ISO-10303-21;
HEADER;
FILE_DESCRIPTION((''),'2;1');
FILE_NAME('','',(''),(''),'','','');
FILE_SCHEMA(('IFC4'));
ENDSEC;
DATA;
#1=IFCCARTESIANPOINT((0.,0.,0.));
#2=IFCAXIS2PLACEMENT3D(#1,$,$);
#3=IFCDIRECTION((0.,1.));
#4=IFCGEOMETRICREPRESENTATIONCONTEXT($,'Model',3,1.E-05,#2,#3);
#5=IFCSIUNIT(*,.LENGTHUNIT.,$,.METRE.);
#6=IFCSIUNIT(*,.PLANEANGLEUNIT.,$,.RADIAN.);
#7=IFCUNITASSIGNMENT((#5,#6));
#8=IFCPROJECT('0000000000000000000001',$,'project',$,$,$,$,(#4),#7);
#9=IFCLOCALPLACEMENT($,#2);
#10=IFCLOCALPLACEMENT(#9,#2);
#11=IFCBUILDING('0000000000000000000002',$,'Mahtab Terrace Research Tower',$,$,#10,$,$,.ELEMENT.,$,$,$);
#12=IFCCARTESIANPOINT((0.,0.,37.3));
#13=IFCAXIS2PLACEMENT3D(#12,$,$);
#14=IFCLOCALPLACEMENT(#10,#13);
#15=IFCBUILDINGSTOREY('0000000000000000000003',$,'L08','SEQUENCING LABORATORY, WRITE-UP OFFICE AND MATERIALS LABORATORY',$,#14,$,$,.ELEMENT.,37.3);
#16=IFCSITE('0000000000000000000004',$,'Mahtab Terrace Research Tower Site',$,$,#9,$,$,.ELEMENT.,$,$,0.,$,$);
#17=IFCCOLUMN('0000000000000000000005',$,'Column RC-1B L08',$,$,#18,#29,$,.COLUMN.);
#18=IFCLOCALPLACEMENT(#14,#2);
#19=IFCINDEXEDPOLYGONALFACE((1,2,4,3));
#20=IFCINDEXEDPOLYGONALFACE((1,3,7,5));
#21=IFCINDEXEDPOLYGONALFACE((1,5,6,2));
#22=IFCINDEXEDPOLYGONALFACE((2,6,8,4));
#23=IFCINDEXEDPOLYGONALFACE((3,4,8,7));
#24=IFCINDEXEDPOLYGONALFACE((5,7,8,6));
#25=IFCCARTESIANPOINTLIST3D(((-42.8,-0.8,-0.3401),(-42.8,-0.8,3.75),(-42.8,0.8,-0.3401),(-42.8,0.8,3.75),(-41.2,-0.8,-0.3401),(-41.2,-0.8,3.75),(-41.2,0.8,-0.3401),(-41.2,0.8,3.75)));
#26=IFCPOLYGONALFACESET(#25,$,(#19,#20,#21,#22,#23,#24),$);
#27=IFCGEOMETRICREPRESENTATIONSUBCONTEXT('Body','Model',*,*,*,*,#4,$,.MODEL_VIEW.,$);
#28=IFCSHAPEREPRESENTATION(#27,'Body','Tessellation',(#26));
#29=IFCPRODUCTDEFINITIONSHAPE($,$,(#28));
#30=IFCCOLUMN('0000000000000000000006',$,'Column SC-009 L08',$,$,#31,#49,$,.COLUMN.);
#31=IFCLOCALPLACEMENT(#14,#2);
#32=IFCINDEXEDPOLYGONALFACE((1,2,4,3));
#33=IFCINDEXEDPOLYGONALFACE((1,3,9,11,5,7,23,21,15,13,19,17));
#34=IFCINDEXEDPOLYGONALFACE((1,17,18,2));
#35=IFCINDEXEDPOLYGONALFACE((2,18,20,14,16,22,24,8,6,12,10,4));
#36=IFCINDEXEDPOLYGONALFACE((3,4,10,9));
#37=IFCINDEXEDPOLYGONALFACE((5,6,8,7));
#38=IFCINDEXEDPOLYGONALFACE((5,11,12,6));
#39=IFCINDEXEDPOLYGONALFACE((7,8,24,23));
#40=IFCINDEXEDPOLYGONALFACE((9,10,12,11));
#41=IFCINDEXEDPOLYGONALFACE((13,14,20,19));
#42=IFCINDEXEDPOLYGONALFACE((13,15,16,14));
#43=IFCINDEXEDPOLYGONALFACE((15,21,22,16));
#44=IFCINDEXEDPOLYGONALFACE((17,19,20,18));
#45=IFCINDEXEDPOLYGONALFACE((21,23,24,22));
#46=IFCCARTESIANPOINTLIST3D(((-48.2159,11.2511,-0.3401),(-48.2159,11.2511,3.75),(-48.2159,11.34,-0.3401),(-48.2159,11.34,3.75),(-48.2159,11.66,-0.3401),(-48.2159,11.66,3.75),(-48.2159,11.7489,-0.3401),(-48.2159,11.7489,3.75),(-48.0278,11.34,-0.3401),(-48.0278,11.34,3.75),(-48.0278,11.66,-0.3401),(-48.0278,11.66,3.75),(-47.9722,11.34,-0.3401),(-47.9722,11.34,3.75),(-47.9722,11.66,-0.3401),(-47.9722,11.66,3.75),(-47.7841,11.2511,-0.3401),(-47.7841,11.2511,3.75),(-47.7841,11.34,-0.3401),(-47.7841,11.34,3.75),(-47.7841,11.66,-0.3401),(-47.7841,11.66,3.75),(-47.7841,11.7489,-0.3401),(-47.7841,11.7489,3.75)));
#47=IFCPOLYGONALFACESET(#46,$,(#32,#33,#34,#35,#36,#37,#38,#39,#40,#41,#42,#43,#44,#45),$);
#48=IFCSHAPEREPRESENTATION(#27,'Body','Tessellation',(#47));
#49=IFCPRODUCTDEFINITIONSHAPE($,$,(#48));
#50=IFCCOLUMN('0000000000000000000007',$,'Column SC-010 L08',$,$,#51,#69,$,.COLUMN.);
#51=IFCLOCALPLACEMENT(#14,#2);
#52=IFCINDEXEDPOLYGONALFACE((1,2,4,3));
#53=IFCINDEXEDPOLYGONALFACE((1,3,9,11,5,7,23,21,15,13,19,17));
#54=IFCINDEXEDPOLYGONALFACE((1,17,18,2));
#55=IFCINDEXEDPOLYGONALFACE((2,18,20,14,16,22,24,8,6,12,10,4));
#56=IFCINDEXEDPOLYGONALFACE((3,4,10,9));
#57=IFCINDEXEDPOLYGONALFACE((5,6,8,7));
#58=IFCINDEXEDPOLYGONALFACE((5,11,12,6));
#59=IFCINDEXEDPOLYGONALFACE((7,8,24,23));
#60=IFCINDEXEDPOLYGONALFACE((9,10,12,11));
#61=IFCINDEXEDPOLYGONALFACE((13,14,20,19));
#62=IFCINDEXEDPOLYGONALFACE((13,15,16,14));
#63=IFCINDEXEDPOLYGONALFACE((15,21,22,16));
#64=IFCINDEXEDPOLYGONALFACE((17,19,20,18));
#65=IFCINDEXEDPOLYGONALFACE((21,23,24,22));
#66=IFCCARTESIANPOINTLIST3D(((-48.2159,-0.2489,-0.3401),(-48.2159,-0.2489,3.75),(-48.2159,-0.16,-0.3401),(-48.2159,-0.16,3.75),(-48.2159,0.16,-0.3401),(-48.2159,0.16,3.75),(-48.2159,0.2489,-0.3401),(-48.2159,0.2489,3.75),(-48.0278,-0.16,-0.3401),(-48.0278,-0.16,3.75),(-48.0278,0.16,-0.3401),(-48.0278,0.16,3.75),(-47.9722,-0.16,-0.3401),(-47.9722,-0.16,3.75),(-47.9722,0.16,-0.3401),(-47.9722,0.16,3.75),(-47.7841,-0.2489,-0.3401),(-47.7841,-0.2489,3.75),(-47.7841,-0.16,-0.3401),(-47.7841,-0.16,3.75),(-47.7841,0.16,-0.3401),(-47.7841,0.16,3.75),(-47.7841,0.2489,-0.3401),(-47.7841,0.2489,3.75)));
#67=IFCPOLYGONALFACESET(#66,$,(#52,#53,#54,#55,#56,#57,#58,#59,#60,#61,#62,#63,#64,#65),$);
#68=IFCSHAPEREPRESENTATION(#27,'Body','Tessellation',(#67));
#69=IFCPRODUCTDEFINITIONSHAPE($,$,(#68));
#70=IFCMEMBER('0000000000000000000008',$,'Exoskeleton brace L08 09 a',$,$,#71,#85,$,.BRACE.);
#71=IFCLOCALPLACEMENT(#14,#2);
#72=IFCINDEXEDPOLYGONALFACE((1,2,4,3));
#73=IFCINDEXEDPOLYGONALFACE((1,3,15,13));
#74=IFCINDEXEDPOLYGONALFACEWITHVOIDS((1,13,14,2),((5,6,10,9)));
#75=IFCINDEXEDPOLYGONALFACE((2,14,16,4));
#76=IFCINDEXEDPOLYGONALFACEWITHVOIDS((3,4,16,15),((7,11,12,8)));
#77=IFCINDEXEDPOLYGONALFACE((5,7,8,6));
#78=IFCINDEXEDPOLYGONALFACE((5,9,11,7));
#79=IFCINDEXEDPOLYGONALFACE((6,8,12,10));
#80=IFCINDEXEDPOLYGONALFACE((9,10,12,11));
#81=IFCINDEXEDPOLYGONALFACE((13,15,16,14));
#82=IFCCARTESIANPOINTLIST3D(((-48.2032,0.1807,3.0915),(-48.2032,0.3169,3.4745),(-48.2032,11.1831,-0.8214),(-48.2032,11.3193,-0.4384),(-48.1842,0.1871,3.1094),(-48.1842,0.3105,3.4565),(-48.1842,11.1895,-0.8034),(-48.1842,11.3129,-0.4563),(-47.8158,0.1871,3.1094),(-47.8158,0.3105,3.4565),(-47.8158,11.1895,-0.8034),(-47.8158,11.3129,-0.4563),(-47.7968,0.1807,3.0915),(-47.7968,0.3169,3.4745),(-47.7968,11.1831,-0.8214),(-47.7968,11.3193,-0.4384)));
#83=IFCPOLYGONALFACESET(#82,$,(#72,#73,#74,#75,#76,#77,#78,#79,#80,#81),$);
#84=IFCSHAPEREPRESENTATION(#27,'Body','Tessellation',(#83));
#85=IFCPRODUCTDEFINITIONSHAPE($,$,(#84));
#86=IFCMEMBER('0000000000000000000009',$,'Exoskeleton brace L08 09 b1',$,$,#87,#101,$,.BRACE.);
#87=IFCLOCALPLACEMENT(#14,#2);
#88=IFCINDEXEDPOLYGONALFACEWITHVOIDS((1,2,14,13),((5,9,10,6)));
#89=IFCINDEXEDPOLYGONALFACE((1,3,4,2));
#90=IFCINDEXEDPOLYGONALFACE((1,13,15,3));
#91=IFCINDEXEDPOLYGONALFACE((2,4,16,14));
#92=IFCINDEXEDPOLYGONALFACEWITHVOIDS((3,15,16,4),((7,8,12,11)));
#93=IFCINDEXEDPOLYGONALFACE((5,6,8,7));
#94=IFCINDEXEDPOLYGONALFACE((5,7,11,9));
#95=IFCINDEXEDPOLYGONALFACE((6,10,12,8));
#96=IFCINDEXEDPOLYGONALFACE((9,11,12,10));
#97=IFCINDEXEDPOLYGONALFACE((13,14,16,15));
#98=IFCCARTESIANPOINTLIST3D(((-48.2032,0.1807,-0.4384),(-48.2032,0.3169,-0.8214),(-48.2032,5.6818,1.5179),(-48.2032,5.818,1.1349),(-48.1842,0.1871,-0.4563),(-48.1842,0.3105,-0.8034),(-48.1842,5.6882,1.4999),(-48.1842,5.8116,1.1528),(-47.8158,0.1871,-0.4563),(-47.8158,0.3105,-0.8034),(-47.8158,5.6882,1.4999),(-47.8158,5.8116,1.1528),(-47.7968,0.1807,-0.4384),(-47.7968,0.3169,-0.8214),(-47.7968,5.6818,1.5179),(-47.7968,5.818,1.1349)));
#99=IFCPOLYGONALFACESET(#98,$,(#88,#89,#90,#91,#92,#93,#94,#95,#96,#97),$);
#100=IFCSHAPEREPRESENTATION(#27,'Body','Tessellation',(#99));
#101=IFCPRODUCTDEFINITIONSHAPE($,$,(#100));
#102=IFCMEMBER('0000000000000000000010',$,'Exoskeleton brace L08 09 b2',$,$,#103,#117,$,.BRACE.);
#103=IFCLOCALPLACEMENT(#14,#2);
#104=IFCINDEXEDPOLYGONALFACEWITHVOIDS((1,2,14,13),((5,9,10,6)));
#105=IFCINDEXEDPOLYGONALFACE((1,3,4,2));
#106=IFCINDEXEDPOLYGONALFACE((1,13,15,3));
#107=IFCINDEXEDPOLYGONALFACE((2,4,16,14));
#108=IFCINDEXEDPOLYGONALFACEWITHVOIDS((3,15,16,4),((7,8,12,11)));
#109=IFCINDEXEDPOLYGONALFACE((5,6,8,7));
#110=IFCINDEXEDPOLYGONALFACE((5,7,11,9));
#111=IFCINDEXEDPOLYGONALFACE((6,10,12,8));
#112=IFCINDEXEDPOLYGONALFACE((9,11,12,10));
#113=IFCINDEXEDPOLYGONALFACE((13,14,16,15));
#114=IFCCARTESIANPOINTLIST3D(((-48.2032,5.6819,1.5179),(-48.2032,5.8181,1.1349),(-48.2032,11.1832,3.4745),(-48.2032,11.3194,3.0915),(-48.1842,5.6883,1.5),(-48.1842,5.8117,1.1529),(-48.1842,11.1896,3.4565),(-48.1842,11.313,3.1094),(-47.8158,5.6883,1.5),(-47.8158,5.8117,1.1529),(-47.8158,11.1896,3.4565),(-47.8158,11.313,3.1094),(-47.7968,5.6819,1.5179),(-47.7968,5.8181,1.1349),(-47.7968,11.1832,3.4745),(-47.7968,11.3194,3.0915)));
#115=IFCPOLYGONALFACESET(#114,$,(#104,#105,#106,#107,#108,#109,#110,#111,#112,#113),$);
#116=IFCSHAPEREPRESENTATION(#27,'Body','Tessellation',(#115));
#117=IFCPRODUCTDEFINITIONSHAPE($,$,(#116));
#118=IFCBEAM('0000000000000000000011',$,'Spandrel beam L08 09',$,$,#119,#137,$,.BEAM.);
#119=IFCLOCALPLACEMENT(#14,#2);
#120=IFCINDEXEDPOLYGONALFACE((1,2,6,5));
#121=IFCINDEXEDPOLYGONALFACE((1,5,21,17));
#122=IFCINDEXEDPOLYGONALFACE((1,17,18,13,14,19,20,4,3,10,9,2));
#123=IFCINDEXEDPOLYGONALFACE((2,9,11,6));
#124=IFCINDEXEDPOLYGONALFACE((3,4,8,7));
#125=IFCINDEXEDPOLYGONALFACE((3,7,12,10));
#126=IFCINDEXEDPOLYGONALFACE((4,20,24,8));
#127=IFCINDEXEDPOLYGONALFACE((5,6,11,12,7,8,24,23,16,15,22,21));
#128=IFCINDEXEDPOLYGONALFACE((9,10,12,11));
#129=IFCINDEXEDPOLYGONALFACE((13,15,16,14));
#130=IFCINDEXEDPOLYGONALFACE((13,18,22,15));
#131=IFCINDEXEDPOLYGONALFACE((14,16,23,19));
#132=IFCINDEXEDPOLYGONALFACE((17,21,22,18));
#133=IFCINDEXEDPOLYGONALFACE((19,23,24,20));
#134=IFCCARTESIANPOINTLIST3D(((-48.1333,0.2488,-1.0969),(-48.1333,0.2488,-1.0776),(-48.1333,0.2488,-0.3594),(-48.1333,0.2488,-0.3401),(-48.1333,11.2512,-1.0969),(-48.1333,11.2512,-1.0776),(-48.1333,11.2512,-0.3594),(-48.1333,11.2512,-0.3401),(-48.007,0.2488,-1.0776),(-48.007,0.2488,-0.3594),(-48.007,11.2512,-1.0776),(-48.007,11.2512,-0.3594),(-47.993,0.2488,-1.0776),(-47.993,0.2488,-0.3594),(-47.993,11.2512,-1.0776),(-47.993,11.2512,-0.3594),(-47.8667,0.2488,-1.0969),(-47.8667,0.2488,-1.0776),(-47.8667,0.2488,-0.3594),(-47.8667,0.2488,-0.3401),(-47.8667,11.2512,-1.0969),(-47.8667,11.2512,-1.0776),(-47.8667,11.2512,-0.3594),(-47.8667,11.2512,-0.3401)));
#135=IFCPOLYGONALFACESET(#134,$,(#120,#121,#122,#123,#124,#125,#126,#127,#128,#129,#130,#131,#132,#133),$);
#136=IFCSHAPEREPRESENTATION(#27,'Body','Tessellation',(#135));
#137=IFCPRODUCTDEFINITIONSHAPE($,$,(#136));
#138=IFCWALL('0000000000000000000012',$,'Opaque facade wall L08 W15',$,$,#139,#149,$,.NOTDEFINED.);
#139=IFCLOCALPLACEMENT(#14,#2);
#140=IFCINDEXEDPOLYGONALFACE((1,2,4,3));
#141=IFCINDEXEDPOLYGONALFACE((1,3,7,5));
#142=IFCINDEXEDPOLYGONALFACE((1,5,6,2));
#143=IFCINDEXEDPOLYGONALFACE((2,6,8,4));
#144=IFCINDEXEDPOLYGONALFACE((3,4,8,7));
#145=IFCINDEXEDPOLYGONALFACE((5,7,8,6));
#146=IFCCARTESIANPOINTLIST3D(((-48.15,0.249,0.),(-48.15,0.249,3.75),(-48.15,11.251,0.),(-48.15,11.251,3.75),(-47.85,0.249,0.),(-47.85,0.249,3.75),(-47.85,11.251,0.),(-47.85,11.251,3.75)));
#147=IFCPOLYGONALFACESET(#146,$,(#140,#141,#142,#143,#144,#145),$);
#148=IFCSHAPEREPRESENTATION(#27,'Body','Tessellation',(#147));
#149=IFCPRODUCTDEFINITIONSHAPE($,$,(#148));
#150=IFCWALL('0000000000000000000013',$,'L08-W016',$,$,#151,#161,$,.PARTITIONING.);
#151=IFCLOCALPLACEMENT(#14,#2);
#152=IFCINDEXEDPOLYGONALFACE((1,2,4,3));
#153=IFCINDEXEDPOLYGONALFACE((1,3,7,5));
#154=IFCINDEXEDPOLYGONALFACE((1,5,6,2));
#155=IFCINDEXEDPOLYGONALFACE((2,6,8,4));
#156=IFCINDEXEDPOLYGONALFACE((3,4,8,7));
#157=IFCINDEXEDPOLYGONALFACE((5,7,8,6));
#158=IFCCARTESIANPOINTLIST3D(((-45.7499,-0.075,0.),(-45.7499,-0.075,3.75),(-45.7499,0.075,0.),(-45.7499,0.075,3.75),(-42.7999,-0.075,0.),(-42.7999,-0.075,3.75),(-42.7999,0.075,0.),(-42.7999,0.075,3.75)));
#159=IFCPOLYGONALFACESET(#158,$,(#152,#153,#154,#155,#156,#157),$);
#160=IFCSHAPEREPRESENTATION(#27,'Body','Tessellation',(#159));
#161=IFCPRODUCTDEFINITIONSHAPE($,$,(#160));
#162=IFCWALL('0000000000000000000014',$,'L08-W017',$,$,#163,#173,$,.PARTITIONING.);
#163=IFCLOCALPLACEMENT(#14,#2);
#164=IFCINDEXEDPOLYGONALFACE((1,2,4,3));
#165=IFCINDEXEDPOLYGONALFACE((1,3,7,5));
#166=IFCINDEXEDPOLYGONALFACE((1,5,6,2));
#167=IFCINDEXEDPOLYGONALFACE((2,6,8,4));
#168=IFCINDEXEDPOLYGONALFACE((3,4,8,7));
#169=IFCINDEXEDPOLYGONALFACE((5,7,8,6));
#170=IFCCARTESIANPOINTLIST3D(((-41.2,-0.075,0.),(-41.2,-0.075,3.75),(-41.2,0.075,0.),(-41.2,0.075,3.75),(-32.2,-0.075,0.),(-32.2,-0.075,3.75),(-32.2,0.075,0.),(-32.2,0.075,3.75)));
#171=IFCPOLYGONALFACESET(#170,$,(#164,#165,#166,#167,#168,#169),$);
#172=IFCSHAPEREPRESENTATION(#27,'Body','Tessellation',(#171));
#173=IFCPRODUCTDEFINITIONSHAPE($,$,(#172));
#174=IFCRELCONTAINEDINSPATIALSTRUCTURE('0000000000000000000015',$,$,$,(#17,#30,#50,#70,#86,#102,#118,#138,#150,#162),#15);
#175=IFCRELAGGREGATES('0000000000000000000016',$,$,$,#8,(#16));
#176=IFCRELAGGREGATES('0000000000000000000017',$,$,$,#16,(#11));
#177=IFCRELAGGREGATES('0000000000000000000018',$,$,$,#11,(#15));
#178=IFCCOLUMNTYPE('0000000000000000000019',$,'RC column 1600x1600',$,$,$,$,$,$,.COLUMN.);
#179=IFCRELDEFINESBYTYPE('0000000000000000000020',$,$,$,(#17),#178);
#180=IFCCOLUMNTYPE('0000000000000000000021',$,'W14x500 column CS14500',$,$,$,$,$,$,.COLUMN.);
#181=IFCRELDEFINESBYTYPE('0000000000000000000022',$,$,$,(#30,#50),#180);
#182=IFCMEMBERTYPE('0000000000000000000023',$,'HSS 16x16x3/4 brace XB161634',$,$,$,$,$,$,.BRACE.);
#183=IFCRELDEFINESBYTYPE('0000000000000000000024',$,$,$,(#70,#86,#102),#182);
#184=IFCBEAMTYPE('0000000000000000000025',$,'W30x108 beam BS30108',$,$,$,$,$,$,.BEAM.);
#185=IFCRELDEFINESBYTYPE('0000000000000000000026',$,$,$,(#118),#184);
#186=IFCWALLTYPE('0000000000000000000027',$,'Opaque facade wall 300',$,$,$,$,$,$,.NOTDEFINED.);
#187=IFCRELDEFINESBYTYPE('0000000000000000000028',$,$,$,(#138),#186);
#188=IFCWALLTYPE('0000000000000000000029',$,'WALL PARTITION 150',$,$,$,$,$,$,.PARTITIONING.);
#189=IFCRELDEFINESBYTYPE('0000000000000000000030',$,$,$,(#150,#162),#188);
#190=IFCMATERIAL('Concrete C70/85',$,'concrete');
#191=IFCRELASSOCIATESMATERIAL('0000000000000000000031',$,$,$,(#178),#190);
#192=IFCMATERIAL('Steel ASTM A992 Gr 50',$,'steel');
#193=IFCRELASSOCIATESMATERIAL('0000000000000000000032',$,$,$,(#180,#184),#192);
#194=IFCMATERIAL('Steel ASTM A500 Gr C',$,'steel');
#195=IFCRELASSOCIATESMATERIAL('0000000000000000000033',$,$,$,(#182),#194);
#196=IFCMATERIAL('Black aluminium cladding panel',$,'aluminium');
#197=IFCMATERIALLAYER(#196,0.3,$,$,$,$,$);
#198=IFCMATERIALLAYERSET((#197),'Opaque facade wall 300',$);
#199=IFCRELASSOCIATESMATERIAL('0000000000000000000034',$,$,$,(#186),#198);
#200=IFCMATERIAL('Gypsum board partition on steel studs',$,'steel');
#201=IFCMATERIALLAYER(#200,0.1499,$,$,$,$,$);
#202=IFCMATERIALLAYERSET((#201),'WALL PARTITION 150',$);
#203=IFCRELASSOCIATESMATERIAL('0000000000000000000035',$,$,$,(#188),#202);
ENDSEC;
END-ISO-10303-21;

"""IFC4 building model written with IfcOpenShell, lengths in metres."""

from ifc_helpers import new_model, si_unit, direction, frame, frame_2d, origin, origin_2d, place, context, subcontext, project, spatial, rectangle, hollow_rectangle, i_section, extrude, material, layer, layer_set, material_profile, profile_set, type_object, element, save


model = new_model("IFC4")

# Units and contexts
model_context = context("Model", 3, precision=1e-05, world=origin(), true_north=direction((0.0, 1.0)))
body_context = subcontext(model_context, "Body", "Model", "MODEL_VIEW")
ifc_project = project(units=[si_unit("LENGTHUNIT", "METRE"), si_unit("PLANEANGLEUNIT", "RADIAN")], contexts=[model_context])

# Site, building, storey
site_placement = place(None, origin())
site = spatial("IfcSite", under=ifc_project, at=site_placement, Name="Mahtab Terrace Research Tower Site", CompositionType="ELEMENT", RefElevation=0.0)
building_placement = place(site_placement, origin())
building = spatial("IfcBuilding", under=site, at=building_placement, Name="Mahtab Terrace Research Tower", CompositionType="ELEMENT")
storey_placement = place(building_placement, frame((0.0, 0.0, 37.3)))
storey = spatial("IfcBuildingStorey", under=building, at=storey_placement, Name="L08", Description="SEQUENCING LABORATORY, WRITE-UP OFFICE AND MATERIALS LABORATORY", CompositionType="ELEMENT", Elevation=37.3)

# Columns
ifc_material_1 = material(Name="Concrete C70/85", Category="concrete")
ifc_material_profile_1 = material_profile(ifc_material_1, rectangle(XDim=1.6001, YDim=1.6001, at=origin_2d()), Name="RC column 1600x1600")
ifc_profile_set_1 = profile_set([ifc_material_profile_1], Name="Concrete C70/85")
column_type_1 = type_object("IfcColumnType", Name="RC column 1600x1600", PredefinedType="COLUMN", material=ifc_profile_set_1)
column_placement = place(storey_placement, frame((-42.0, 0.0, -0.3401), z_axis=(0.0, 0.0, 1.0), x_axis=(1.0, 0.0, 0.0)))
element("IfcColumn", 1, at=column_placement, inside=storey, type_object=column_type_1, Name="Column RC-1B L08", PredefinedType="COLUMN", context=body_context, shape_type="SweptSolid", body=[
    extrude(rectangle(XDim=1.6001, YDim=1.6001, at=origin_2d()), origin(), (0.0, 0.0, 1.0), 4.0901),
])
ifc_material_2 = material(Name="Steel ASTM A992 Gr 50", Category="steel")
ifc_material_profile_2 = material_profile(ifc_material_2, i_section(OverallWidth=0.4319, OverallDepth=0.4978, WebThickness=0.0557, FlangeThickness=0.0889, at=origin_2d()), Name="W14X500")
ifc_profile_set_2 = profile_set([ifc_material_profile_2], Name="Steel ASTM A992 Gr 50")
column_type_2 = type_object("IfcColumnType", Name="W14x500 column CS14500", PredefinedType="COLUMN", material=ifc_profile_set_2)
for number, where, z_axis, x_axis, name in (
    (2, (-48.0, 11.5, -0.3401), (0.0, 0.0, 1.0), (1.0, 0.0, 0.0), "Column SC-009 L08"),
    (3, (-48.0, 0.0, -0.3401), (0.0, 0.0, 1.0), (1.0, 0.0, 0.0), "Column SC-010 L08"),
):
    element("IfcColumn", number, at=place(storey_placement, frame(where, z_axis=z_axis, x_axis=x_axis)), inside=storey, type_object=column_type_2, Name=name, PredefinedType="COLUMN", context=body_context, shape_type="SweptSolid", body=[
        extrude(i_section(OverallWidth=0.4319, OverallDepth=0.4978, WebThickness=0.0557, FlangeThickness=0.0889, at=origin_2d()), origin(), (0.0, 0.0, 1.0), 4.0901),
    ])

# Members
ifc_material_3 = material(Name="Steel ASTM A500 Gr C", Category="steel")
ifc_material_profile_3 = material_profile(ifc_material_3, hollow_rectangle(XDim=0.4065, YDim=0.4065, WallThickness=0.019, at=origin_2d()), Name="HSS16X16X3/4")
ifc_profile_set_3 = profile_set([ifc_material_profile_3], Name="Steel ASTM A500 Gr C")
member_type = type_object("IfcMemberType", Name="HSS 16x16x3/4 brace XB161634", PredefinedType="BRACE", material=ifc_profile_set_3)
member_1_placement = place(storey_placement, frame((-48.0, 11.2512, -0.6299), z_axis=(0.0, -0.942191, 0.335075), x_axis=(1.0, 0.0, 0.0)))
element("IfcMember", 4, at=member_1_placement, inside=storey, type_object=member_type, Name="Exoskeleton brace L08 09 a", PredefinedType="BRACE", context=body_context, shape_type="SweptSolid", body=[
    extrude(hollow_rectangle(XDim=0.4065, YDim=0.4065, WallThickness=0.019, at=origin_2d()), origin(), (0.0, 0.0, 1.0), 11.6775),
])
member_2_placement = place(storey_placement, frame((-48.0, 0.2488, -0.6299), z_axis=(0.0, 0.942198, 0.335057), x_axis=(-1.0, 0.0, 0.0)))
element("IfcMember", 5, at=member_2_placement, inside=storey, type_object=member_type, Name="Exoskeleton brace L08 09 b1", PredefinedType="BRACE", context=body_context, shape_type="SweptSolid", body=[
    extrude(hollow_rectangle(XDim=0.4065, YDim=0.4065, WallThickness=0.019, at=origin_2d()), origin(), (0.0, 0.0, 1.0), 5.8386),
])
member_3_placement = place(storey_placement, frame((-48.0, 5.75, 1.3264), z_axis=(0.0, 0.942185, 0.335094), x_axis=(-1.0, 0.0, 0.0)))
element("IfcMember", 6, at=member_3_placement, inside=storey, type_object=member_type, Name="Exoskeleton brace L08 09 b2", PredefinedType="BRACE", context=body_context, shape_type="SweptSolid", body=[
    extrude(hollow_rectangle(XDim=0.4065, YDim=0.4065, WallThickness=0.019, at=origin_2d()), origin(), (0.0, 0.0, 1.0), 5.8389),
])

# Beam
ifc_material_profile_4 = material_profile(ifc_material_2, i_section(OverallWidth=0.2666, OverallDepth=0.7568, WebThickness=0.0139, FlangeThickness=0.0193, at=origin_2d()), Name="W30X108")
ifc_profile_set_4 = profile_set([ifc_material_profile_4], Name="Steel ASTM A992 Gr 50")
beam_type = type_object("IfcBeamType", Name="W30x108 beam BS30108", PredefinedType="BEAM", material=ifc_profile_set_4)
beam_placement = place(storey_placement, frame((-48.0, 11.2512, -0.7185), z_axis=(0.0, -1.0, 0.0), x_axis=(1.0, 0.0, 0.0)))
element("IfcBeam", 7, at=beam_placement, inside=storey, type_object=beam_type, Name="Spandrel beam L08 09", PredefinedType="BEAM", context=body_context, shape_type="SweptSolid", body=[
    extrude(i_section(OverallWidth=0.2666, OverallDepth=0.7568, WebThickness=0.0139, FlangeThickness=0.0193, at=origin_2d()), origin(), (0.0, 0.0, 1.0), 11.0024),
])

# Walls
ifc_material_4 = material(Name="Black aluminium cladding panel", Category="aluminium")
ifc_layer_1 = layer(ifc_material_4, 0.3)
ifc_layer_set_1 = layer_set([ifc_layer_1], Name="Opaque facade wall 300")
wall_type_1 = type_object("IfcWallType", Name="Opaque facade wall 300", PredefinedType="NOTDEFINED", material=ifc_layer_set_1)
wall_1_placement = place(storey_placement, frame((-48.0, 11.251, 0.0), z_axis=(0.0, 0.0, 1.0), x_axis=(0.0, -1.0, 0.0)))
element("IfcWall", 8, at=wall_1_placement, inside=storey, type_object=wall_type_1, Name="Opaque facade wall L08 W15", PredefinedType="NOTDEFINED", context=body_context, shape_type="SweptSolid", body=[
    extrude(rectangle(XDim=11.002, YDim=0.3, at=frame_2d((5.501, 0.0))), origin(), (0.0, 0.0, 1.0), 3.75),
])
ifc_material_5 = material(Name="Gypsum board partition on steel studs", Category="steel")
ifc_layer_2 = layer(ifc_material_5, 0.1499)
ifc_layer_set_2 = layer_set([ifc_layer_2], Name="WALL PARTITION 150")
wall_type_2 = type_object("IfcWallType", Name="WALL PARTITION 150", PredefinedType="PARTITIONING", material=ifc_layer_set_2)
wall_2_placement = place(storey_placement, frame((-45.75, 0.0, 0.0), z_axis=(0.0, 0.0, 1.0), x_axis=(1.0, 0.0, 0.0)))
element("IfcWall", 9, at=wall_2_placement, inside=storey, type_object=wall_type_2, Name="L08-W016", PredefinedType="PARTITIONING", context=body_context, shape_type="SweptSolid", body=[
    extrude(rectangle(XDim=2.95, YDim=0.1499, at=frame_2d((1.4751, 0.0))), origin(), (0.0, 0.0, 1.0), 3.75),
])
wall_3_placement = place(storey_placement, frame((-41.2, 0.0, 0.0), z_axis=(0.0, 0.0, 1.0), x_axis=(1.0, 0.0, 0.0)))
element("IfcWall", 10, at=wall_3_placement, inside=storey, type_object=wall_type_2, Name="L08-W017", PredefinedType="PARTITIONING", context=body_context, shape_type="SweptSolid", body=[
    extrude(rectangle(XDim=9.0, YDim=0.1499, at=frame_2d((4.5, 0.0))), origin(), (0.0, 0.0, 1.0), 3.75),
])

save(model, "model.ifc")
